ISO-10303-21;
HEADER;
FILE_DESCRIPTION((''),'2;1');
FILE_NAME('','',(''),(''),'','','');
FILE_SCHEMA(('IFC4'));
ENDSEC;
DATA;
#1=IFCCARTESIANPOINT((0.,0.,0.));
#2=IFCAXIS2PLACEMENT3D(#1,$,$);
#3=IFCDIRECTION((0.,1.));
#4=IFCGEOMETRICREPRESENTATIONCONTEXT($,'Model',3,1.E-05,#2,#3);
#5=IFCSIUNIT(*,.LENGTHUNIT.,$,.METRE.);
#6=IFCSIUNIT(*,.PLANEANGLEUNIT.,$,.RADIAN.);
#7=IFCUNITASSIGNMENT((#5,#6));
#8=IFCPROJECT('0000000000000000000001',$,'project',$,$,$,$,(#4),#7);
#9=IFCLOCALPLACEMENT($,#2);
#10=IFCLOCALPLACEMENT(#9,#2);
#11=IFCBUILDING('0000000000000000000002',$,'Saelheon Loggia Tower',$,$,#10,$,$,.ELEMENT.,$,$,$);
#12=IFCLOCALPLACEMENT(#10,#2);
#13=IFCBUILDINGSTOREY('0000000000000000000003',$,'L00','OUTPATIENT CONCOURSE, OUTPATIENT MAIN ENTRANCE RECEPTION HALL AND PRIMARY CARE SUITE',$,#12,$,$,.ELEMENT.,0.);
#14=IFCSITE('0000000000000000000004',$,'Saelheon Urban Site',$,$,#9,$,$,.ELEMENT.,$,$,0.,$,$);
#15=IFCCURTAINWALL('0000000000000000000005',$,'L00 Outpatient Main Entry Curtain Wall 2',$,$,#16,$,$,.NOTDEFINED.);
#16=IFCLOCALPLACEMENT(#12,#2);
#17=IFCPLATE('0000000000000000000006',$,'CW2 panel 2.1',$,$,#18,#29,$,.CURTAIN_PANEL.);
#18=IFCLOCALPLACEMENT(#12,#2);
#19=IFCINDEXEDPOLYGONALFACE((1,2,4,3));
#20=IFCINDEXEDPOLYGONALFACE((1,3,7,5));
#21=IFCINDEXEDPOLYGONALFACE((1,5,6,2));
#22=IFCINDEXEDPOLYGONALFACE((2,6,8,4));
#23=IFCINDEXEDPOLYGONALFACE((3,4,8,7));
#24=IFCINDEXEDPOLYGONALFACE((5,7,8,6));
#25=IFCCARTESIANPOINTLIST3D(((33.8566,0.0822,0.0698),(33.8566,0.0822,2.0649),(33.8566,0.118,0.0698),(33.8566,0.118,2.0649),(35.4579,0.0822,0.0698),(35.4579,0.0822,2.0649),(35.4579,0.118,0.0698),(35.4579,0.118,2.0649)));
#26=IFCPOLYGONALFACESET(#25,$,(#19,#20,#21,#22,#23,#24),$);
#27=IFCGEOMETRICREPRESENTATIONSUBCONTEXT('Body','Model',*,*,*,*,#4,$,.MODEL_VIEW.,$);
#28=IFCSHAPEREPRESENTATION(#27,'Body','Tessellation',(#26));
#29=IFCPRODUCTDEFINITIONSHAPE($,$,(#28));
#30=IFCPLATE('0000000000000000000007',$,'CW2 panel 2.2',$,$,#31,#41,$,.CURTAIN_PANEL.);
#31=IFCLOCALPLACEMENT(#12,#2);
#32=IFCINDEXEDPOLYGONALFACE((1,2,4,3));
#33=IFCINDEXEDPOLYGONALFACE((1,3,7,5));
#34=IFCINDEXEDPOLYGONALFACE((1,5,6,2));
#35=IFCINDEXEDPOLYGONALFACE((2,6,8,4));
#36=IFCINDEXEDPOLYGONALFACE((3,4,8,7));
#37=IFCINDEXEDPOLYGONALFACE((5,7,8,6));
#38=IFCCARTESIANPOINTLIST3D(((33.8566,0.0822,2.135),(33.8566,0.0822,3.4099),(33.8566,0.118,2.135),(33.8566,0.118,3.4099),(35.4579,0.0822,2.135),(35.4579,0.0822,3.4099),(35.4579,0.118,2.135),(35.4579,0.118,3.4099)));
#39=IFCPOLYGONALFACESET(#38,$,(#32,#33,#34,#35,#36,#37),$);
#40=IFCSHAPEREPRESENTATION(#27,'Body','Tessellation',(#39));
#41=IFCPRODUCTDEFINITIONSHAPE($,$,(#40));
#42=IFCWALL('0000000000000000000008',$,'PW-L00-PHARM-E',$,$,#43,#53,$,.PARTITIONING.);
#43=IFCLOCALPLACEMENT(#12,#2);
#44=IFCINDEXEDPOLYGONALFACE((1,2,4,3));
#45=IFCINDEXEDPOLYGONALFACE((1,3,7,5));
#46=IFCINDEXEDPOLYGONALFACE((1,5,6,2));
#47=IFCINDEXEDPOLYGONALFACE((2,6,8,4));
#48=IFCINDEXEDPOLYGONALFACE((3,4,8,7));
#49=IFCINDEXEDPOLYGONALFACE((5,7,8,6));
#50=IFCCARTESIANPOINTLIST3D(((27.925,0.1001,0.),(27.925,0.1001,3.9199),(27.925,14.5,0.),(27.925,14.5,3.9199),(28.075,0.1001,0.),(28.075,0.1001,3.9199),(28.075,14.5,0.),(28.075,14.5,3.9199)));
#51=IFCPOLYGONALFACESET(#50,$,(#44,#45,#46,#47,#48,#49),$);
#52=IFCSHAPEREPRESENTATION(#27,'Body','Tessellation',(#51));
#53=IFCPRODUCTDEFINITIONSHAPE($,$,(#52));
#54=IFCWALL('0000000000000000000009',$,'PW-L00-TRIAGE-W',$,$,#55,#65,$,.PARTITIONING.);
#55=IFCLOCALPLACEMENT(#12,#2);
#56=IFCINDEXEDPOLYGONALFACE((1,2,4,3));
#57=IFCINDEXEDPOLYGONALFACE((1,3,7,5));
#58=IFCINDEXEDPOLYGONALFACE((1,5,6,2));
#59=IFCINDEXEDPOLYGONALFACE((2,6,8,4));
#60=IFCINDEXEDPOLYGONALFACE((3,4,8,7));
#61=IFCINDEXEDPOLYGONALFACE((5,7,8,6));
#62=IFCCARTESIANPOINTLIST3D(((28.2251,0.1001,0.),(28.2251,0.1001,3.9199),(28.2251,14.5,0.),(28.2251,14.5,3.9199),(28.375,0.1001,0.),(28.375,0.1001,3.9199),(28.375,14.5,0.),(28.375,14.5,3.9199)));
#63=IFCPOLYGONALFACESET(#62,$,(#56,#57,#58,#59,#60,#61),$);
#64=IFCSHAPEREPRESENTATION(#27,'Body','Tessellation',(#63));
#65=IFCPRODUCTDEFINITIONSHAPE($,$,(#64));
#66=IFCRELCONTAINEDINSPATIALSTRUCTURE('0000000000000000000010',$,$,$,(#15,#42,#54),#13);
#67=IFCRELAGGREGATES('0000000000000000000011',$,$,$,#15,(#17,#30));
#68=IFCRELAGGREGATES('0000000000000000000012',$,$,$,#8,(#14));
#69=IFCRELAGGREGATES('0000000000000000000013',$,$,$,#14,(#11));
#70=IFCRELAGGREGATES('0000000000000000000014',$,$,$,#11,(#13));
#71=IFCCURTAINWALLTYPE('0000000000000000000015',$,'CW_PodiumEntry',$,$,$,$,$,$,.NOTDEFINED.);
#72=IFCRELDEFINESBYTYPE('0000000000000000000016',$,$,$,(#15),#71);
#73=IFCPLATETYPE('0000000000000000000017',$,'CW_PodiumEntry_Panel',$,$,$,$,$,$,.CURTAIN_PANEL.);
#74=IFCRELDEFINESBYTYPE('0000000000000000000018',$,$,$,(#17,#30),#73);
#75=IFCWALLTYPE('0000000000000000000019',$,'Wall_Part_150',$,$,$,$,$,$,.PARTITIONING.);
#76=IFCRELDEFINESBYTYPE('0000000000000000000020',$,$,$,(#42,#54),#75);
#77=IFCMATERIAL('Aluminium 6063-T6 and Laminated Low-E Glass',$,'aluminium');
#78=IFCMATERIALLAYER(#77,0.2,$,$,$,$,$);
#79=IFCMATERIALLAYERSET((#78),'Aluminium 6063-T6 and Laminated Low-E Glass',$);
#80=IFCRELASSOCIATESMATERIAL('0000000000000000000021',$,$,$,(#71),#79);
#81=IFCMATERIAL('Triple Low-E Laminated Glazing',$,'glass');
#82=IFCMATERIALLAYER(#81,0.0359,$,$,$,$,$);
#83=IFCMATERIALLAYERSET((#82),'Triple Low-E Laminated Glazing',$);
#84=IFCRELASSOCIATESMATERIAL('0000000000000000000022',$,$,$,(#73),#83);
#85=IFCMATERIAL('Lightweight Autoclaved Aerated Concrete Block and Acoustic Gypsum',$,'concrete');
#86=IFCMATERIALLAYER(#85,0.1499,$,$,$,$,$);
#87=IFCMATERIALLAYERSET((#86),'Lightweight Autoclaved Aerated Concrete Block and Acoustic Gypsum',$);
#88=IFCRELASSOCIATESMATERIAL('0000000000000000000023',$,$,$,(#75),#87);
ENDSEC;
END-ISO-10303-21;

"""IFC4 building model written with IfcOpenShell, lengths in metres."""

from ifc_helpers import new_model, si_unit, direction, frame, frame_2d, origin, origin_2d, place, context, subcontext, project, spatial, rectangle, extrude, source, transform, mapped, material, layer, layer_set, type_object, element, aggregate, save


model = new_model("IFC4")

# Units and contexts
model_context = context("Model", 3, precision=1e-05, world=origin(), true_north=direction((0.0, 1.0)))
body_context = subcontext(model_context, "Body", "Model", "MODEL_VIEW")
ifc_project = project(units=[si_unit("LENGTHUNIT", "METRE"), si_unit("PLANEANGLEUNIT", "RADIAN")], contexts=[model_context])

# Site, building, storey
site_placement = place(None, origin())
site = spatial("IfcSite", under=ifc_project, at=site_placement, Name="Saelheon Urban Site", CompositionType="ELEMENT", RefElevation=0.0)
building_placement = place(site_placement, origin())
building = spatial("IfcBuilding", under=site, at=building_placement, Name="Saelheon Loggia Tower", CompositionType="ELEMENT")
storey_placement = place(building_placement, origin())
storey = spatial("IfcBuildingStorey", under=building, at=storey_placement, Name="L00", Description="OUTPATIENT CONCOURSE, OUTPATIENT MAIN ENTRANCE RECEPTION HALL AND PRIMARY CARE SUITE", CompositionType="ELEMENT", Elevation=0.0)

# Curtain wall
ifc_material_1 = material(Name="Aluminium 6063-T6 and Laminated Low-E Glass", Category="aluminium")
ifc_layer_1 = layer(ifc_material_1, 0.2)
ifc_layer_set_1 = layer_set([ifc_layer_1], Name="Aluminium 6063-T6 and Laminated Low-E Glass")
curtain_wall_type = type_object("IfcCurtainWallType", Name="CW_PodiumEntry", PredefinedType="NOTDEFINED", material=ifc_layer_set_1)
curtain_wall_1_placement = place(storey_placement, origin())
curtain_wall_1 = element("IfcCurtainWall", 1, at=curtain_wall_1_placement, inside=storey, type_object=curtain_wall_type, Name="L00 Outpatient Main Entry Curtain Wall 2", PredefinedType="NOTDEFINED")

# Plates
ifc_material_2 = material(Name="Triple Low-E Laminated Glazing", Category="glass")
ifc_layer_2 = layer(ifc_material_2, 0.0359)
ifc_layer_set_2 = layer_set([ifc_layer_2], Name="Triple Low-E Laminated Glazing")
plate_type = type_object("IfcPlateType", Name="CW_PodiumEntry_Panel", PredefinedType="CURTAIN_PANEL", material=ifc_layer_set_2)
shared_shape_1 = source(origin(), body_context, "Body", "SweptSolid", [
    extrude(rectangle(XDim=1.6013, YDim=0.0359, at=origin_2d()), origin(), (0.0, 0.0, 1.0), 1.9951),
])
plate_1_placement = place(storey_placement, frame((34.6572, 0.1001, 0.0698), z_axis=(0.0, 0.0, 1.0), x_axis=(1.0, 0.0, 0.0)))
plate_1 = element("IfcPlate", 2, at=plate_1_placement, type_object=plate_type, Name="CW2 panel 2.1", PredefinedType="CURTAIN_PANEL", context=body_context, shape_type="MappedRepresentation", body=[
    mapped(shared_shape_1, transform((0.0, 0.0, 0.0), scale=1.0)),
])
shared_shape_2 = source(origin(), body_context, "Body", "SweptSolid", [
    extrude(rectangle(XDim=1.6013, YDim=0.0359, at=origin_2d()), origin(), (0.0, 0.0, 1.0), 1.2749),
])
plate_2_placement = place(storey_placement, frame((34.6572, 0.1001, 2.135), z_axis=(0.0, 0.0, 1.0), x_axis=(1.0, 0.0, 0.0)))
plate_2 = element("IfcPlate", 3, at=plate_2_placement, type_object=plate_type, Name="CW2 panel 2.2", PredefinedType="CURTAIN_PANEL", context=body_context, shape_type="MappedRepresentation", body=[
    mapped(shared_shape_2, transform((0.0, 0.0, 0.0), scale=1.0)),
])
aggregate(curtain_wall_1, [plate_1, plate_2])

# Walls
ifc_material_3 = material(Name="Lightweight Autoclaved Aerated Concrete Block and Acoustic Gypsum", Category="concrete")
ifc_layer_3 = layer(ifc_material_3, 0.1499)
ifc_layer_set_3 = layer_set([ifc_layer_3], Name="Lightweight Autoclaved Aerated Concrete Block and Acoustic Gypsum")
wall_type = type_object("IfcWallType", Name="Wall_Part_150", PredefinedType="PARTITIONING", material=ifc_layer_set_3)
for number, where, z_axis, x_axis, name in (
    (4, (28.0, 0.1001, 0.0), (0.0, 0.0, 1.0), (0.0, 1.0, 0.0), "PW-L00-PHARM-E"),
    (5, (28.3, 0.1001, 0.0), (0.0, 0.0, 1.0), (0.0, 1.0, 0.0), "PW-L00-TRIAGE-W"),
):
    element("IfcWall", number, at=place(storey_placement, frame(where, z_axis=z_axis, x_axis=x_axis)), inside=storey, type_object=wall_type, Name=name, PredefinedType="PARTITIONING", context=body_context, shape_type="SweptSolid", body=[
        extrude(rectangle(XDim=14.3999, YDim=0.1499, at=frame_2d((7.2, 0.0))), origin(), (0.0, 0.0, 1.0), 3.9199),
    ])

save(model, "model.ifc")
